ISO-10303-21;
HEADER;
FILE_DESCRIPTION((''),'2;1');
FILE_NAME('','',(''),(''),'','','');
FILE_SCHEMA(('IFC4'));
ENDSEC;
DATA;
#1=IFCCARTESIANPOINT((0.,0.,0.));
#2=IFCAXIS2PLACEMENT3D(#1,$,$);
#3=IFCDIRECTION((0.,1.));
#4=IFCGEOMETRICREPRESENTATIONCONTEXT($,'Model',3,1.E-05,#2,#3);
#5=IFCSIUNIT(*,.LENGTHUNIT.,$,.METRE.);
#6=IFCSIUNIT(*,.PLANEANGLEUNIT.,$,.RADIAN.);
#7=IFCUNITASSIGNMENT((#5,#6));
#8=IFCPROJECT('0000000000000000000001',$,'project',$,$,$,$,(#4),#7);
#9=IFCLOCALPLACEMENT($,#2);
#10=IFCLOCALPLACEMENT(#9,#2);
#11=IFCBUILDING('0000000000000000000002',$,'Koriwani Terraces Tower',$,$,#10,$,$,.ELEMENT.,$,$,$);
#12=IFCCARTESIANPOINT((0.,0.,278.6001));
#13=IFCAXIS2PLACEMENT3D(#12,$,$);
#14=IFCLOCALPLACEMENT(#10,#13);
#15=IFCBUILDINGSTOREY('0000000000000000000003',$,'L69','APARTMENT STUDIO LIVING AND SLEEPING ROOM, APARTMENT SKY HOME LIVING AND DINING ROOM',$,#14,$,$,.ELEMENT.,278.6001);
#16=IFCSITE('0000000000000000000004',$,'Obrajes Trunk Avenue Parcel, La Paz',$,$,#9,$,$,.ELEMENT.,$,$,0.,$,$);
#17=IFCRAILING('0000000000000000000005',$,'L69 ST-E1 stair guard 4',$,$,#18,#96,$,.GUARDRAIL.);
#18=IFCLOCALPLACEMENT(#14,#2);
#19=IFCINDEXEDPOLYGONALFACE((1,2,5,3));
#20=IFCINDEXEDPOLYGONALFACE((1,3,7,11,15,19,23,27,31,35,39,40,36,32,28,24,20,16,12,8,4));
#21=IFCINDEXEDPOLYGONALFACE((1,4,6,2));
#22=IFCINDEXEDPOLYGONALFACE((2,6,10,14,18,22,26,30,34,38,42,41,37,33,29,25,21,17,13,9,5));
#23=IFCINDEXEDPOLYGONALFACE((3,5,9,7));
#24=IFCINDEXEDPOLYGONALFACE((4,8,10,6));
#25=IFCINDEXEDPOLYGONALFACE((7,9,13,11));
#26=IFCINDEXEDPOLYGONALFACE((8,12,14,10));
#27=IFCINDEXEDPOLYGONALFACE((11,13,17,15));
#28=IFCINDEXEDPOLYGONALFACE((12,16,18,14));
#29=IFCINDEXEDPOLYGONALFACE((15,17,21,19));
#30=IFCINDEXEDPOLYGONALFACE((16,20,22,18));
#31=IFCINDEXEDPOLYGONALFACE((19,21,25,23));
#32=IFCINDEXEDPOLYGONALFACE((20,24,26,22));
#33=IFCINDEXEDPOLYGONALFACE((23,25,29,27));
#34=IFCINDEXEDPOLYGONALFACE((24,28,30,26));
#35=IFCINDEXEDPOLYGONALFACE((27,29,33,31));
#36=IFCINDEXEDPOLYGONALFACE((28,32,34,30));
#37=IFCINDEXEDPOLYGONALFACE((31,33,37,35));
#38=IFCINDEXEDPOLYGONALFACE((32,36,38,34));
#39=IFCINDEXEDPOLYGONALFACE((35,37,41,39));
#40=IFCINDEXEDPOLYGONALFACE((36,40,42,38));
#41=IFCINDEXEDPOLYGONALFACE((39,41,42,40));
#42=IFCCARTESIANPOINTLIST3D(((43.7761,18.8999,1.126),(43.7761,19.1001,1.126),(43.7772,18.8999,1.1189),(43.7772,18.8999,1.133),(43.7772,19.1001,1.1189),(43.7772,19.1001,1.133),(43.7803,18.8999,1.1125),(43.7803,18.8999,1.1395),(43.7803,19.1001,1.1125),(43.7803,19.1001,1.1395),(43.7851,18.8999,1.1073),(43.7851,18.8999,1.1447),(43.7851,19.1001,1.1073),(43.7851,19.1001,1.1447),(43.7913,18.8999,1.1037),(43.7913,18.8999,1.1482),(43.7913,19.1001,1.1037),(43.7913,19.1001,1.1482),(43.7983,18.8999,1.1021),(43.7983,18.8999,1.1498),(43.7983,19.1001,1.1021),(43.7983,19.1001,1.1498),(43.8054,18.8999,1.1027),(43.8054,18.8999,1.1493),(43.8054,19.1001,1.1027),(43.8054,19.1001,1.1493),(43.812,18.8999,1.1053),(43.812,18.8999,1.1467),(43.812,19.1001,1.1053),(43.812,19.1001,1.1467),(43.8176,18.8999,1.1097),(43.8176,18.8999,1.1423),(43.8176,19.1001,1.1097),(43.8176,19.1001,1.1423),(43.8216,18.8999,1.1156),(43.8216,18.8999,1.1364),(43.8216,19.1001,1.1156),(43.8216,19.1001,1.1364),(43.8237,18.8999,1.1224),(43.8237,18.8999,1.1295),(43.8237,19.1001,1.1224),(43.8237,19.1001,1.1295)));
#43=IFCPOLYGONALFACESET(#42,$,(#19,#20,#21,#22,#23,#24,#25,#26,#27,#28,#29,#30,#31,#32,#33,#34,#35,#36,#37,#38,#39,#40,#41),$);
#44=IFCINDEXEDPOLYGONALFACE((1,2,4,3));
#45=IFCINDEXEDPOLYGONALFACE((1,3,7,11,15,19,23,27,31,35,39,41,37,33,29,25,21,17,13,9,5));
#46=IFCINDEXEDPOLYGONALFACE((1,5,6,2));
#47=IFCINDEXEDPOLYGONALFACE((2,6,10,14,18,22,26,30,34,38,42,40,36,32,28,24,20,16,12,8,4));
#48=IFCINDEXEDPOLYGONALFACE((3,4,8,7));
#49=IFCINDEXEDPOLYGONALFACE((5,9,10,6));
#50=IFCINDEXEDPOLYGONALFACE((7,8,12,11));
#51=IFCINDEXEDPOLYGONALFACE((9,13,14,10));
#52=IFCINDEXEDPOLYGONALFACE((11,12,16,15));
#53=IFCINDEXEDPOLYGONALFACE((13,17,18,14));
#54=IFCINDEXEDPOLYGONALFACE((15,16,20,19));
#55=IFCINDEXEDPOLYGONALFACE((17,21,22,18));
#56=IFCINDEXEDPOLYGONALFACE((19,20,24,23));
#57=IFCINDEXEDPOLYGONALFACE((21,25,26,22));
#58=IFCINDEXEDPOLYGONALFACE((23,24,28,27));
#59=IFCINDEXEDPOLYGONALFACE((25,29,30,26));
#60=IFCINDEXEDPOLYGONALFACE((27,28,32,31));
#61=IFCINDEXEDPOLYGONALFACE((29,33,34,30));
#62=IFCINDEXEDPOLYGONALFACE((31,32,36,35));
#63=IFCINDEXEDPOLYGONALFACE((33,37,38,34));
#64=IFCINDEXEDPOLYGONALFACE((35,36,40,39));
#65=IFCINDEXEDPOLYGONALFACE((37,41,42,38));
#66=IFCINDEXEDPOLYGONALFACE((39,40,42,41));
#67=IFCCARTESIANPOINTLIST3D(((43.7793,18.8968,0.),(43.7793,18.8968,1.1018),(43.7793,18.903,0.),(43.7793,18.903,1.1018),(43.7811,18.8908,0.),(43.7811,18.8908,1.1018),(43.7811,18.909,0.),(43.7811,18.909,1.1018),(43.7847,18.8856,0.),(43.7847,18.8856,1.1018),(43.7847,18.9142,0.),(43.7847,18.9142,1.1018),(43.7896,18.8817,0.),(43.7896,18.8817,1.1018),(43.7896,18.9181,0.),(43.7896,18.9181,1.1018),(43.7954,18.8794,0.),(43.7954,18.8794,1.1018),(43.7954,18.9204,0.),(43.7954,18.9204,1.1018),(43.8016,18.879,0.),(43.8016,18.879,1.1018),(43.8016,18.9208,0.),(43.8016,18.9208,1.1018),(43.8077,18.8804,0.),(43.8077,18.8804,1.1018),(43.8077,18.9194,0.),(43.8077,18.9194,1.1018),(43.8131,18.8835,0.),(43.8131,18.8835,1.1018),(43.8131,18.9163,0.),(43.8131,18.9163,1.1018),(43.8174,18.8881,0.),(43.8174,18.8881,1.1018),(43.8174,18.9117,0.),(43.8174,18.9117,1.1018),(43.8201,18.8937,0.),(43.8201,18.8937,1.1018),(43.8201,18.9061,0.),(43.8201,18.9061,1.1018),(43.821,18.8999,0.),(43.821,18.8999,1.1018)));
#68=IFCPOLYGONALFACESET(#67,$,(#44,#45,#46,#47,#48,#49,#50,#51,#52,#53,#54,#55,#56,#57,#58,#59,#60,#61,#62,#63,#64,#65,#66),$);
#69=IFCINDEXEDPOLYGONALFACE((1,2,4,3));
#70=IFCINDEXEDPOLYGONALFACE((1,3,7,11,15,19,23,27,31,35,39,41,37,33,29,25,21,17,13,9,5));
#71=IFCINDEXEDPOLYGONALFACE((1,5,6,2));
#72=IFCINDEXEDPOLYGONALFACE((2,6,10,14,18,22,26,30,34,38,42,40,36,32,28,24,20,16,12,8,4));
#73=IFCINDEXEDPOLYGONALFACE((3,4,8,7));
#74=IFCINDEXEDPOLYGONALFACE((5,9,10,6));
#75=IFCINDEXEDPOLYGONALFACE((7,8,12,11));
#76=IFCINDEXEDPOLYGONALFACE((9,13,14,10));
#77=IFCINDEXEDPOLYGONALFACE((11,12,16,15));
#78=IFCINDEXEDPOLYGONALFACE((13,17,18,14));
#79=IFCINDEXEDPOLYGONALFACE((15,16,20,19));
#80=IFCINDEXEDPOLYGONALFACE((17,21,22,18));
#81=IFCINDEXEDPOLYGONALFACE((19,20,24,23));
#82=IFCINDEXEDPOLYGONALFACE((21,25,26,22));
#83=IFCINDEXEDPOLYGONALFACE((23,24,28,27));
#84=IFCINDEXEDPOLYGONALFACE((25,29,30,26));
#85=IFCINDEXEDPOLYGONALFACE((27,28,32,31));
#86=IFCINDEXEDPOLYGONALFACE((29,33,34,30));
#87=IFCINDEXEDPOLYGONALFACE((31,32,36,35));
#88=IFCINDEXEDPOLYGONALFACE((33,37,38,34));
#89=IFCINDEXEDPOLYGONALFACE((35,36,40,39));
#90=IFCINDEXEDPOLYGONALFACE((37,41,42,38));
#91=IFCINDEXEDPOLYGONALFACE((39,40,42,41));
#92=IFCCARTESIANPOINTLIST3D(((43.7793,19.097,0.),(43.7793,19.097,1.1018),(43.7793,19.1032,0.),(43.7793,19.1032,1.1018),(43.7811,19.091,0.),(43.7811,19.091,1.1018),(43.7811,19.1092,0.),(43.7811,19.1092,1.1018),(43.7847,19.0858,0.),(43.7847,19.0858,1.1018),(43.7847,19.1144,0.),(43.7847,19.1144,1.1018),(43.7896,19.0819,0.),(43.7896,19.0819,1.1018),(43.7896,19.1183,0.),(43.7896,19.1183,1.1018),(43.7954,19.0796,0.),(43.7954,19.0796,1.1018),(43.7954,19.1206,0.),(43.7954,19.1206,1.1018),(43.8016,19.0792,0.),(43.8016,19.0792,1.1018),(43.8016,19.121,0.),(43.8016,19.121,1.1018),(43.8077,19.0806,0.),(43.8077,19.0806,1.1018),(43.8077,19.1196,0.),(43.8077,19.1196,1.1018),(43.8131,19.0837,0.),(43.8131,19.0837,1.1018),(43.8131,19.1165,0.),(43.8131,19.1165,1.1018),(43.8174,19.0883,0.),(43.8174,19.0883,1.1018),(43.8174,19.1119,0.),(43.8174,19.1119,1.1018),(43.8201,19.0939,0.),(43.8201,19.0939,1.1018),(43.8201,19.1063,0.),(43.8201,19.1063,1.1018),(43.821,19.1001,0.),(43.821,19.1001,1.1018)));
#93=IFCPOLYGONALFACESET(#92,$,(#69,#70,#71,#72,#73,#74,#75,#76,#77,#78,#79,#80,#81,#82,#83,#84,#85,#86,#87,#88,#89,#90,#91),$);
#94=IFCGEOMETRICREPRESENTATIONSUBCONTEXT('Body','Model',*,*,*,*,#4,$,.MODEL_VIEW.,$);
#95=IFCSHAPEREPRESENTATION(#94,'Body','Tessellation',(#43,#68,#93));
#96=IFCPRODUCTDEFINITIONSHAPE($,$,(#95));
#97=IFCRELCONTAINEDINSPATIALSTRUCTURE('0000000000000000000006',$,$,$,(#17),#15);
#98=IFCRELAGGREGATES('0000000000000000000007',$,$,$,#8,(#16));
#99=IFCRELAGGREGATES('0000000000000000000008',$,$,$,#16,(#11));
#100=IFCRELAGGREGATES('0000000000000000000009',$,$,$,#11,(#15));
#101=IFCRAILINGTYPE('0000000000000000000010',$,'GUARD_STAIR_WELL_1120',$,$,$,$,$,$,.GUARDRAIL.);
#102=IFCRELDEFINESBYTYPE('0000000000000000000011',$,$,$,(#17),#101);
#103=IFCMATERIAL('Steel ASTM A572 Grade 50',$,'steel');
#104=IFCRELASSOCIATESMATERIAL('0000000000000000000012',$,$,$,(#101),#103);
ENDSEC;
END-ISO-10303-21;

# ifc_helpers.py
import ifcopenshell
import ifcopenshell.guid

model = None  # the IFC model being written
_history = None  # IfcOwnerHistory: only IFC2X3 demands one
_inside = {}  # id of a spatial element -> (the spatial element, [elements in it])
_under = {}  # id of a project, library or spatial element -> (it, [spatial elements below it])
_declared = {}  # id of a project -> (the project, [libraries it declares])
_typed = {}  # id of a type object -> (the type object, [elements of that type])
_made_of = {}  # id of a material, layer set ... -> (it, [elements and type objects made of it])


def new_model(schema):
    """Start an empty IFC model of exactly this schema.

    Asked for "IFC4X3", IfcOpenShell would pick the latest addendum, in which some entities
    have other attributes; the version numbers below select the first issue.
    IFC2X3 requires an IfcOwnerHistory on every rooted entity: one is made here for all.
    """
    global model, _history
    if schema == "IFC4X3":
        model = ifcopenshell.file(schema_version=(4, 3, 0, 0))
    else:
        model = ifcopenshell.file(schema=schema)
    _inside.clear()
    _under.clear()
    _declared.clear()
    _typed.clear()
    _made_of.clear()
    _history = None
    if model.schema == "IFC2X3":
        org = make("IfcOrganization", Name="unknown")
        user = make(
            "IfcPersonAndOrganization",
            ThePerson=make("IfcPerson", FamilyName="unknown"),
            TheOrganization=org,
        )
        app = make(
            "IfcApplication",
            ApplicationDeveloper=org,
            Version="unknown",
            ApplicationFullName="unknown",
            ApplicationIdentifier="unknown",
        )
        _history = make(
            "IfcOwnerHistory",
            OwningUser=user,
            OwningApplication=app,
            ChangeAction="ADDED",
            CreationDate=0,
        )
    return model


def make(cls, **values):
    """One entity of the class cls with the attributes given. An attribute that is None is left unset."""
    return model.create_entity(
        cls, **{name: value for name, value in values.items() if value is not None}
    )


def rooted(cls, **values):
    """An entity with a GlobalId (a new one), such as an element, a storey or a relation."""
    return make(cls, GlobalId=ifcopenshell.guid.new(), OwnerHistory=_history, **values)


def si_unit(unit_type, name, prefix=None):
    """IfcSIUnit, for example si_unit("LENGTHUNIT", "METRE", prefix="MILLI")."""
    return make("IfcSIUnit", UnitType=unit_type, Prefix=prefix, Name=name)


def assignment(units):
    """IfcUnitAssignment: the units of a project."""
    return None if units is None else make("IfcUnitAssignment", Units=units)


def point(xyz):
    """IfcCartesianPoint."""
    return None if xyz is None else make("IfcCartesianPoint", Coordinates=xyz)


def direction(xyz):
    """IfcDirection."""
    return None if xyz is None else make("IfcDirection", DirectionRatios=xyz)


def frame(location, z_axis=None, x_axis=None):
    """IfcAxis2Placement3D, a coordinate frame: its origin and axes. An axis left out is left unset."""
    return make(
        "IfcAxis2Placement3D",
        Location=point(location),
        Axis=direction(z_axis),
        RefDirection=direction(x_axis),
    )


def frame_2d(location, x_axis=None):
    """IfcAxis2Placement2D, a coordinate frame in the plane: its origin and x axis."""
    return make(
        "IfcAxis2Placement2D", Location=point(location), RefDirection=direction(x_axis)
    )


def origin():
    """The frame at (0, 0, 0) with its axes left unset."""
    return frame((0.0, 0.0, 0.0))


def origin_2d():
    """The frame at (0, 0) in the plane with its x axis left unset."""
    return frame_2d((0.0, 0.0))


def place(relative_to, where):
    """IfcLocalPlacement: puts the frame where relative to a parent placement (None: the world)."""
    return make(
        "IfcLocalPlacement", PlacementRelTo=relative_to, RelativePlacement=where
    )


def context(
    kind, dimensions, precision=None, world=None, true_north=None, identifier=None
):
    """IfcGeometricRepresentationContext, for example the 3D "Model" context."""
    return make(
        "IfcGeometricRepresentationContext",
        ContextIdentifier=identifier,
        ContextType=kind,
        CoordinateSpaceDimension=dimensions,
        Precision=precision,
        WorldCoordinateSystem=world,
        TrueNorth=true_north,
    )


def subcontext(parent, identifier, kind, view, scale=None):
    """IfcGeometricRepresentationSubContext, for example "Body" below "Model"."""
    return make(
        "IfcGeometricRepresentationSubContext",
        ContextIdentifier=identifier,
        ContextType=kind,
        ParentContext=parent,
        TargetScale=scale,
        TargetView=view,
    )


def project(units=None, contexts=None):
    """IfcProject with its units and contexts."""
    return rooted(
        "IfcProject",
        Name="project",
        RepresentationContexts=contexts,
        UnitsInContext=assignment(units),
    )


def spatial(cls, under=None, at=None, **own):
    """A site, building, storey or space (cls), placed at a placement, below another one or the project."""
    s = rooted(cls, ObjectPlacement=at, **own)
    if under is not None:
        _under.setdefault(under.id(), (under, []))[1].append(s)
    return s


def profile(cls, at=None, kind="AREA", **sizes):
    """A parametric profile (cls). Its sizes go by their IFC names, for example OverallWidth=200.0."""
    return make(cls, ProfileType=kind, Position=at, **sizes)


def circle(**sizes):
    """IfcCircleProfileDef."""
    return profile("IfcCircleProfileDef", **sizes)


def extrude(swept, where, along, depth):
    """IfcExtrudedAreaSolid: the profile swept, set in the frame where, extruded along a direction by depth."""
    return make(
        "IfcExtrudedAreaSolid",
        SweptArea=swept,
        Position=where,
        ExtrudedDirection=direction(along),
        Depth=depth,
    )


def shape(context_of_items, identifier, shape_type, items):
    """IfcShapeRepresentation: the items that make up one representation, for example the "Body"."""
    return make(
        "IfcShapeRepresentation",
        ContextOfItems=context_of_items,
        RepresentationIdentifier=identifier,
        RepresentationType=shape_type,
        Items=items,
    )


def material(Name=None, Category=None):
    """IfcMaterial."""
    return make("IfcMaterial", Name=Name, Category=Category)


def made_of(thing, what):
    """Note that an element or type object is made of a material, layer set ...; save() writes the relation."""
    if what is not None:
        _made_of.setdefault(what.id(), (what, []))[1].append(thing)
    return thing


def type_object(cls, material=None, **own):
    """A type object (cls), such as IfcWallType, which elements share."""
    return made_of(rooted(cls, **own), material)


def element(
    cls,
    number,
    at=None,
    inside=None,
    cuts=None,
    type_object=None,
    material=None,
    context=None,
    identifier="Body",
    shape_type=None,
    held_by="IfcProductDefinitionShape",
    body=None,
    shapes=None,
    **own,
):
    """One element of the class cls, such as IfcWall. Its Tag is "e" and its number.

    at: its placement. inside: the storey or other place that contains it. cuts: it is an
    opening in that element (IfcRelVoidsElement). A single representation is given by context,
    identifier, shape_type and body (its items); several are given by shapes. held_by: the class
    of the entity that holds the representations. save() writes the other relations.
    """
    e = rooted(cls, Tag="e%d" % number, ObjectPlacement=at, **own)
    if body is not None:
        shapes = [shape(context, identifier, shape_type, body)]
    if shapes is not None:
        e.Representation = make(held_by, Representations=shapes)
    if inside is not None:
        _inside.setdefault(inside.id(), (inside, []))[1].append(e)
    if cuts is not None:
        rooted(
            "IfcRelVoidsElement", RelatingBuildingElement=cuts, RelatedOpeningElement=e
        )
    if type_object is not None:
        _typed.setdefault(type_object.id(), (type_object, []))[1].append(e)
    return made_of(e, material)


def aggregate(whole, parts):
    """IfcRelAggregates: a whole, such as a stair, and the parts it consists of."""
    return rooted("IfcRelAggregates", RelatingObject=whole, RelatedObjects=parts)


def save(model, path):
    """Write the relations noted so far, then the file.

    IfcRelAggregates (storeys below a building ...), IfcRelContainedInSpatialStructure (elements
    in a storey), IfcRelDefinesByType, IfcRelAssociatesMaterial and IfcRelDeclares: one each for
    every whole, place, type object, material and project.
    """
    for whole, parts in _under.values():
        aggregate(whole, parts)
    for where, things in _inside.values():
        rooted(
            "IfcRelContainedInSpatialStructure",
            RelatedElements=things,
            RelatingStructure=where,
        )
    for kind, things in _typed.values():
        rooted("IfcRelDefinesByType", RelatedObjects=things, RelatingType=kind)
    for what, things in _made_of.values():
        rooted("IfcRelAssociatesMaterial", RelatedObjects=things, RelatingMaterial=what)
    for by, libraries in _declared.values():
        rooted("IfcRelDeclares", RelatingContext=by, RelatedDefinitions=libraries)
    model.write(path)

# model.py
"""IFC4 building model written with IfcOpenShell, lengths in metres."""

from ifc_helpers import new_model, si_unit, direction, frame, origin, origin_2d, place, context, subcontext, project, spatial, circle, extrude, material, type_object, element, save


model = new_model("IFC4")

# Units and contexts
model_context = context("Model", 3, precision=1e-05, world=origin(), true_north=direction((0.0, 1.0)))
body_context = subcontext(model_context, "Body", "Model", "MODEL_VIEW")
ifc_project = project(units=[si_unit("LENGTHUNIT", "METRE"), si_unit("PLANEANGLEUNIT", "RADIAN")], contexts=[model_context])

# Site, building, storey
site_placement = place(None, origin())
site = spatial("IfcSite", under=ifc_project, at=site_placement, Name="Obrajes Trunk Avenue Parcel, La Paz", CompositionType="ELEMENT", RefElevation=0.0)
building_placement = place(site_placement, origin())
building = spatial("IfcBuilding", under=site, at=building_placement, Name="Koriwani Terraces Tower", CompositionType="ELEMENT")
storey_placement = place(building_placement, frame((0.0, 0.0, 278.6001)))
storey = spatial("IfcBuildingStorey", under=building, at=storey_placement, Name="L69", Description="APARTMENT STUDIO LIVING AND SLEEPING ROOM, APARTMENT SKY HOME LIVING AND DINING ROOM", CompositionType="ELEMENT", Elevation=278.6001)

# Shared definitions
ifc_material_1 = material(Name="Steel ASTM A572 Grade 50", Category="steel")

# Railing
railing_type_1 = type_object("IfcRailingType", Name="GUARD_STAIR_WELL_1120", PredefinedType="GUARDRAIL", material=ifc_material_1)
railing_1_placement = place(storey_placement, frame((43.8, 18.8999, 0.0)))
element("IfcRailing", 1, at=railing_1_placement, inside=storey, type_object=railing_type_1, Name="L69 ST-E1 stair guard 4", PredefinedType="GUARDRAIL", context=body_context, shape_type="SweptSolid", body=[
    extrude(circle(Radius=0.0239, at=origin_2d()), frame((0.0, 0.0, 1.126), z_axis=(0.0, 1.0, 0.0), x_axis=(-1.0, 0.0, 0.0)), (0.0, 0.0, 1.0), 0.2002),
    extrude(circle(Radius=0.021, at=origin_2d()), origin(), (0.0, 0.0, 1.0), 1.1018),
    extrude(circle(Radius=0.021, at=origin_2d()), frame((0.0, 0.2002, 0.0)), (0.0, 0.0, 1.0), 1.1018),
])

save(model, "model.ifc")
